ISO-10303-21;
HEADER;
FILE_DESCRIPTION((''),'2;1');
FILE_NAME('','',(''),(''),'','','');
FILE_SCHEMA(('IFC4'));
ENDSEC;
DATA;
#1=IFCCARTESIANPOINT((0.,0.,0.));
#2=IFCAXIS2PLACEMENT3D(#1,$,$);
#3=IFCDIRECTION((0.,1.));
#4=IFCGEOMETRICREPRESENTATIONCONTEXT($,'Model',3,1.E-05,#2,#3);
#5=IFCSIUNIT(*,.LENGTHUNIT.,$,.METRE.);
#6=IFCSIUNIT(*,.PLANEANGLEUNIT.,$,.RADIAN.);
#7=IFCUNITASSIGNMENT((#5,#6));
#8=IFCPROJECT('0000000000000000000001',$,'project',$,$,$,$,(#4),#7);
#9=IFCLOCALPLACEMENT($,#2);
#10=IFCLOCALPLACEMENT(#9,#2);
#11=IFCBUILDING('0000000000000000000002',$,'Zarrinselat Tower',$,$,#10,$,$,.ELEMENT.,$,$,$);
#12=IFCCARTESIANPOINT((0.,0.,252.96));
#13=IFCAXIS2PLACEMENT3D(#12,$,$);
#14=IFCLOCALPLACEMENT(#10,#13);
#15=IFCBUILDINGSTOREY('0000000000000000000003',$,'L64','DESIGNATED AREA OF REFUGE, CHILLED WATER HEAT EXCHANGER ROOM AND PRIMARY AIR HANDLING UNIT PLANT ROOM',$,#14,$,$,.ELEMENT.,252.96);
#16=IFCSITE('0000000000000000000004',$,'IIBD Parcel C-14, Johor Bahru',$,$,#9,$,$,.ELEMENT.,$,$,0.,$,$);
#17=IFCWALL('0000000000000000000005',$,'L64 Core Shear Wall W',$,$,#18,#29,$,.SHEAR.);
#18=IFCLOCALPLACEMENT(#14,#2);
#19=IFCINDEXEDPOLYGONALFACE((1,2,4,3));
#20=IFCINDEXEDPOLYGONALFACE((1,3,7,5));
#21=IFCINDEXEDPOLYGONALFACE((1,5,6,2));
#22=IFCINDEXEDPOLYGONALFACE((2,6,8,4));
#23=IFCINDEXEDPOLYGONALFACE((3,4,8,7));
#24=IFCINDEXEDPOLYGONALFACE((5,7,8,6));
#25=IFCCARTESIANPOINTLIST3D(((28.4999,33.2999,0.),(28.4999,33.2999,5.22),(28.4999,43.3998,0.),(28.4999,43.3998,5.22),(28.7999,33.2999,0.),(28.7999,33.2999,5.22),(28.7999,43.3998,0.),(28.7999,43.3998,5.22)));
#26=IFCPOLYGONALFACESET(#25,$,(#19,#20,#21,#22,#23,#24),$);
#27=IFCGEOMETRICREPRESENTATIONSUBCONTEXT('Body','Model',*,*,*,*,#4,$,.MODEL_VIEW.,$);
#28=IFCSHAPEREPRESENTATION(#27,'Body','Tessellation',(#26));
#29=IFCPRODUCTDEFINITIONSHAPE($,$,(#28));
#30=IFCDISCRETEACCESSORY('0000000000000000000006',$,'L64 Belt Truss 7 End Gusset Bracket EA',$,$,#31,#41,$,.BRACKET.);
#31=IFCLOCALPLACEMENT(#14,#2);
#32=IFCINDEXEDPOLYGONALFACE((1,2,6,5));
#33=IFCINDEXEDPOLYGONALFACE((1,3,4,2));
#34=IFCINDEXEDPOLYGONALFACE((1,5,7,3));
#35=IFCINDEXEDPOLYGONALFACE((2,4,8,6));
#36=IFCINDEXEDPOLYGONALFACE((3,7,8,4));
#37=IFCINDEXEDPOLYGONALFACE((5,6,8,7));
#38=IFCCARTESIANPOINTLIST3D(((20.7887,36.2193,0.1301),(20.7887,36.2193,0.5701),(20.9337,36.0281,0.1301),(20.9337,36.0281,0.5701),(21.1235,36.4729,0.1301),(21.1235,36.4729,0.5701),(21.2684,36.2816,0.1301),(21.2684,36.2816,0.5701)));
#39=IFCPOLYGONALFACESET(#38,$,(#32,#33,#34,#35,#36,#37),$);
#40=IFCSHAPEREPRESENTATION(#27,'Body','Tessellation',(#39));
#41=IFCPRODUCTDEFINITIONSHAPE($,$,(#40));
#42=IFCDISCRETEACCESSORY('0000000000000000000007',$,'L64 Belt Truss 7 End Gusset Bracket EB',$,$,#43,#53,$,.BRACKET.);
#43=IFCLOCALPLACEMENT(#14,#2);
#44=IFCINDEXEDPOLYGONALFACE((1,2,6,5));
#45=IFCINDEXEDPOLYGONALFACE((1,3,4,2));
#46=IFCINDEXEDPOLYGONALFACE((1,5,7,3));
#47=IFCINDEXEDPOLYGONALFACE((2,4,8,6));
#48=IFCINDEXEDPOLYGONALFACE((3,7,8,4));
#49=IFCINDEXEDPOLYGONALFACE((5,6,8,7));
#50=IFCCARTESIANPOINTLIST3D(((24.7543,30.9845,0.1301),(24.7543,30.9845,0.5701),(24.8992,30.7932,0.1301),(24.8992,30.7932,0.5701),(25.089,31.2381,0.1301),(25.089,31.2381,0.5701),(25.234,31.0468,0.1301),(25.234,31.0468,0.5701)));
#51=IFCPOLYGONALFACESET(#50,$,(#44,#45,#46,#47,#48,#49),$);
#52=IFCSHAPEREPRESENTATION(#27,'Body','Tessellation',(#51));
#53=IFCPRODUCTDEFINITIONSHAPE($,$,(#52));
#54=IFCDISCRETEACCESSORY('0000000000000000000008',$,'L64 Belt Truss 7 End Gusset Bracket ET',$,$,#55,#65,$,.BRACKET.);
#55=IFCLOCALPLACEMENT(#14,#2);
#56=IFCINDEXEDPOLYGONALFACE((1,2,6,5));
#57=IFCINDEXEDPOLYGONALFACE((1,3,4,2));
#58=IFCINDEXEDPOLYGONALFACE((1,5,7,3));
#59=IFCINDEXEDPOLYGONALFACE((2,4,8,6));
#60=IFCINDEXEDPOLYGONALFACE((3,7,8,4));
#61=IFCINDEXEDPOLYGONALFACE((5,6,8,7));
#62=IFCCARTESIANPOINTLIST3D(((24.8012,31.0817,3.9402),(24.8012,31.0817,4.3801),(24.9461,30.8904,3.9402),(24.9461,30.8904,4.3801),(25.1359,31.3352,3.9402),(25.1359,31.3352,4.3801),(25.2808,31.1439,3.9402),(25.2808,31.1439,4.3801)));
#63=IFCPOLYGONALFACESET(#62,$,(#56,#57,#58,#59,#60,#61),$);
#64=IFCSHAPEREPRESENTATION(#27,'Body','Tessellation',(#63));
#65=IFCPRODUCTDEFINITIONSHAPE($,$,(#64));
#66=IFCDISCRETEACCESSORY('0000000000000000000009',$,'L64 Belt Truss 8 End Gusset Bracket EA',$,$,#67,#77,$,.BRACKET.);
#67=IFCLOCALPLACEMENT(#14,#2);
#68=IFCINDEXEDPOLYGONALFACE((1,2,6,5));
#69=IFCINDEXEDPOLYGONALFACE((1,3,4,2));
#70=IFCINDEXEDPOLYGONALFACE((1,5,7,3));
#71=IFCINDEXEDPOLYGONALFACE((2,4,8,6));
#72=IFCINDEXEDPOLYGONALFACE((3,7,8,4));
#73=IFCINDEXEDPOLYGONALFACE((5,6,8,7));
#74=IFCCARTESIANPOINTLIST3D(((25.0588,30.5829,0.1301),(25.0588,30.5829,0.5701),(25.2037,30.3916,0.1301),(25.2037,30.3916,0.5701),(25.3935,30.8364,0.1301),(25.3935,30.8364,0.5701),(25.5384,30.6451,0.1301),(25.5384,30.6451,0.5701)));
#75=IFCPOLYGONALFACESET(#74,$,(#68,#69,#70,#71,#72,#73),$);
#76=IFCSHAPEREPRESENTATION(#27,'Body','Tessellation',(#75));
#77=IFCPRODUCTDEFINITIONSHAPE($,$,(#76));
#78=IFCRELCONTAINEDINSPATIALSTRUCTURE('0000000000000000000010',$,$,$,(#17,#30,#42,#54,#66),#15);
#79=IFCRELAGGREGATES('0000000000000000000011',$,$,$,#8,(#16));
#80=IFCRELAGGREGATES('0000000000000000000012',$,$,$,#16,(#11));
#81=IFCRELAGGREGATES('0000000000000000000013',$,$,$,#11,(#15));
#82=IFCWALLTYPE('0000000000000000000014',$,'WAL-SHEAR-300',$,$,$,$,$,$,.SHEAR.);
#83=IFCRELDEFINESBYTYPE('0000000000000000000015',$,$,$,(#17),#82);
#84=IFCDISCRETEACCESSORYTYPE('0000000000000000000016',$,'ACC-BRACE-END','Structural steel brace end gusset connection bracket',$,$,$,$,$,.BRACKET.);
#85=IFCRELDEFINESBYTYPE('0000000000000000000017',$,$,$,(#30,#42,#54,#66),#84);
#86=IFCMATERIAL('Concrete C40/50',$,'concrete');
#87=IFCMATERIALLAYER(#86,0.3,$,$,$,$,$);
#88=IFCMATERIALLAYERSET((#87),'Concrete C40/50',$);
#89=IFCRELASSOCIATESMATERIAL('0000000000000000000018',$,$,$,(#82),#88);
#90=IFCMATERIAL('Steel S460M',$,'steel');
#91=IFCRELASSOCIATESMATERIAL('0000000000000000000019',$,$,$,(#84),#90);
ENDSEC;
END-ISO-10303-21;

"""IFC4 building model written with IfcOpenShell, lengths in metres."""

from ifc_helpers import new_model, si_unit, direction, frame, frame_2d, origin, origin_2d, place, context, subcontext, project, spatial, rectangle, extrude, material, layer, layer_set, type_object, element, save


model = new_model("IFC4")

# Units and contexts
model_context = context("Model", 3, precision=1e-05, world=origin(), true_north=direction((0.0, 1.0)))
body_context = subcontext(model_context, "Body", "Model", "MODEL_VIEW")
ifc_project = project(units=[si_unit("LENGTHUNIT", "METRE"), si_unit("PLANEANGLEUNIT", "RADIAN")], contexts=[model_context])

# Site, building, storey
site_placement = place(None, origin())
site = spatial("IfcSite", under=ifc_project, at=site_placement, Name="IIBD Parcel C-14, Johor Bahru", CompositionType="ELEMENT", RefElevation=0.0)
building_placement = place(site_placement, origin())
building = spatial("IfcBuilding", under=site, at=building_placement, Name="Zarrinselat Tower", CompositionType="ELEMENT")
storey_placement = place(building_placement, frame((0.0, 0.0, 252.96)))
storey = spatial("IfcBuildingStorey", under=building, at=storey_placement, Name="L64", Description="DESIGNATED AREA OF REFUGE, CHILLED WATER HEAT EXCHANGER ROOM AND PRIMARY AIR HANDLING UNIT PLANT ROOM", CompositionType="ELEMENT", Elevation=252.96)

# Shared definitions
ifc_material_1 = material(Name="Concrete C40/50", Category="concrete")
ifc_layer_1 = layer(ifc_material_1, 0.3)
ifc_layer_set_1 = layer_set([ifc_layer_1], Name="Concrete C40/50")
wall_type = type_object("IfcWallType", Name="WAL-SHEAR-300", PredefinedType="SHEAR", material=ifc_layer_set_1)

# Wall
wall_1_placement = place(storey_placement, frame((28.6499, 33.3, 0.0), z_axis=(0.0, 0.0, 1.0), x_axis=(0.0, 1.0, 0.0)))
element("IfcWall", 1, at=wall_1_placement, inside=storey, type_object=wall_type, Name="L64 Core Shear Wall W", PredefinedType="SHEAR", context=body_context, shape_type="SweptSolid", body=[
    extrude(rectangle(XDim=10.0999, YDim=0.3, at=frame_2d((5.0498, 0.0))), origin(), (0.0, 0.0, 1.0), 5.22),
])

# Discrete accessories
ifc_material_2 = material(Name="Steel S460M", Category="steel")
discrete_accessory_type = type_object("IfcDiscreteAccessoryType", Name="ACC-BRACE-END", Description="Structural steel brace end gusset connection bracket", PredefinedType="BRACKET", material=ifc_material_2)
for number, where, z_axis, x_axis, name in (
    (2, (21.0286, 36.2505, 0.1301), (0.0, 0.0, 1.0), (0.603856, -0.797094, 0.0), "L64 Belt Truss 7 End Gusset Bracket EA"),
    (3, (24.9941, 31.0156, 0.1301), (0.0, 0.0, 1.0), (0.603856, -0.797094, 0.0), "L64 Belt Truss 7 End Gusset Bracket EB"),
    (4, (25.041, 31.1128, 3.9402), (0.0, 0.0, 1.0), (0.603856, -0.797094, 0.0), "L64 Belt Truss 7 End Gusset Bracket ET"),
    (5, (25.2986, 30.614, 0.1301), (0.0, 0.0, 1.0), (0.603847, -0.7971, 0.0), "L64 Belt Truss 8 End Gusset Bracket EA"),
):
    element("IfcDiscreteAccessory", number, at=place(storey_placement, frame(where, z_axis=z_axis, x_axis=x_axis)), inside=storey, type_object=discrete_accessory_type, Name=name, PredefinedType="BRACKET", context=body_context, shape_type="SweptSolid", body=[
        extrude(rectangle(XDim=0.24, YDim=0.4199, at=origin_2d()), origin(), (0.0, 0.0, 1.0), 0.4399),
    ])

save(model, "model.ifc")
